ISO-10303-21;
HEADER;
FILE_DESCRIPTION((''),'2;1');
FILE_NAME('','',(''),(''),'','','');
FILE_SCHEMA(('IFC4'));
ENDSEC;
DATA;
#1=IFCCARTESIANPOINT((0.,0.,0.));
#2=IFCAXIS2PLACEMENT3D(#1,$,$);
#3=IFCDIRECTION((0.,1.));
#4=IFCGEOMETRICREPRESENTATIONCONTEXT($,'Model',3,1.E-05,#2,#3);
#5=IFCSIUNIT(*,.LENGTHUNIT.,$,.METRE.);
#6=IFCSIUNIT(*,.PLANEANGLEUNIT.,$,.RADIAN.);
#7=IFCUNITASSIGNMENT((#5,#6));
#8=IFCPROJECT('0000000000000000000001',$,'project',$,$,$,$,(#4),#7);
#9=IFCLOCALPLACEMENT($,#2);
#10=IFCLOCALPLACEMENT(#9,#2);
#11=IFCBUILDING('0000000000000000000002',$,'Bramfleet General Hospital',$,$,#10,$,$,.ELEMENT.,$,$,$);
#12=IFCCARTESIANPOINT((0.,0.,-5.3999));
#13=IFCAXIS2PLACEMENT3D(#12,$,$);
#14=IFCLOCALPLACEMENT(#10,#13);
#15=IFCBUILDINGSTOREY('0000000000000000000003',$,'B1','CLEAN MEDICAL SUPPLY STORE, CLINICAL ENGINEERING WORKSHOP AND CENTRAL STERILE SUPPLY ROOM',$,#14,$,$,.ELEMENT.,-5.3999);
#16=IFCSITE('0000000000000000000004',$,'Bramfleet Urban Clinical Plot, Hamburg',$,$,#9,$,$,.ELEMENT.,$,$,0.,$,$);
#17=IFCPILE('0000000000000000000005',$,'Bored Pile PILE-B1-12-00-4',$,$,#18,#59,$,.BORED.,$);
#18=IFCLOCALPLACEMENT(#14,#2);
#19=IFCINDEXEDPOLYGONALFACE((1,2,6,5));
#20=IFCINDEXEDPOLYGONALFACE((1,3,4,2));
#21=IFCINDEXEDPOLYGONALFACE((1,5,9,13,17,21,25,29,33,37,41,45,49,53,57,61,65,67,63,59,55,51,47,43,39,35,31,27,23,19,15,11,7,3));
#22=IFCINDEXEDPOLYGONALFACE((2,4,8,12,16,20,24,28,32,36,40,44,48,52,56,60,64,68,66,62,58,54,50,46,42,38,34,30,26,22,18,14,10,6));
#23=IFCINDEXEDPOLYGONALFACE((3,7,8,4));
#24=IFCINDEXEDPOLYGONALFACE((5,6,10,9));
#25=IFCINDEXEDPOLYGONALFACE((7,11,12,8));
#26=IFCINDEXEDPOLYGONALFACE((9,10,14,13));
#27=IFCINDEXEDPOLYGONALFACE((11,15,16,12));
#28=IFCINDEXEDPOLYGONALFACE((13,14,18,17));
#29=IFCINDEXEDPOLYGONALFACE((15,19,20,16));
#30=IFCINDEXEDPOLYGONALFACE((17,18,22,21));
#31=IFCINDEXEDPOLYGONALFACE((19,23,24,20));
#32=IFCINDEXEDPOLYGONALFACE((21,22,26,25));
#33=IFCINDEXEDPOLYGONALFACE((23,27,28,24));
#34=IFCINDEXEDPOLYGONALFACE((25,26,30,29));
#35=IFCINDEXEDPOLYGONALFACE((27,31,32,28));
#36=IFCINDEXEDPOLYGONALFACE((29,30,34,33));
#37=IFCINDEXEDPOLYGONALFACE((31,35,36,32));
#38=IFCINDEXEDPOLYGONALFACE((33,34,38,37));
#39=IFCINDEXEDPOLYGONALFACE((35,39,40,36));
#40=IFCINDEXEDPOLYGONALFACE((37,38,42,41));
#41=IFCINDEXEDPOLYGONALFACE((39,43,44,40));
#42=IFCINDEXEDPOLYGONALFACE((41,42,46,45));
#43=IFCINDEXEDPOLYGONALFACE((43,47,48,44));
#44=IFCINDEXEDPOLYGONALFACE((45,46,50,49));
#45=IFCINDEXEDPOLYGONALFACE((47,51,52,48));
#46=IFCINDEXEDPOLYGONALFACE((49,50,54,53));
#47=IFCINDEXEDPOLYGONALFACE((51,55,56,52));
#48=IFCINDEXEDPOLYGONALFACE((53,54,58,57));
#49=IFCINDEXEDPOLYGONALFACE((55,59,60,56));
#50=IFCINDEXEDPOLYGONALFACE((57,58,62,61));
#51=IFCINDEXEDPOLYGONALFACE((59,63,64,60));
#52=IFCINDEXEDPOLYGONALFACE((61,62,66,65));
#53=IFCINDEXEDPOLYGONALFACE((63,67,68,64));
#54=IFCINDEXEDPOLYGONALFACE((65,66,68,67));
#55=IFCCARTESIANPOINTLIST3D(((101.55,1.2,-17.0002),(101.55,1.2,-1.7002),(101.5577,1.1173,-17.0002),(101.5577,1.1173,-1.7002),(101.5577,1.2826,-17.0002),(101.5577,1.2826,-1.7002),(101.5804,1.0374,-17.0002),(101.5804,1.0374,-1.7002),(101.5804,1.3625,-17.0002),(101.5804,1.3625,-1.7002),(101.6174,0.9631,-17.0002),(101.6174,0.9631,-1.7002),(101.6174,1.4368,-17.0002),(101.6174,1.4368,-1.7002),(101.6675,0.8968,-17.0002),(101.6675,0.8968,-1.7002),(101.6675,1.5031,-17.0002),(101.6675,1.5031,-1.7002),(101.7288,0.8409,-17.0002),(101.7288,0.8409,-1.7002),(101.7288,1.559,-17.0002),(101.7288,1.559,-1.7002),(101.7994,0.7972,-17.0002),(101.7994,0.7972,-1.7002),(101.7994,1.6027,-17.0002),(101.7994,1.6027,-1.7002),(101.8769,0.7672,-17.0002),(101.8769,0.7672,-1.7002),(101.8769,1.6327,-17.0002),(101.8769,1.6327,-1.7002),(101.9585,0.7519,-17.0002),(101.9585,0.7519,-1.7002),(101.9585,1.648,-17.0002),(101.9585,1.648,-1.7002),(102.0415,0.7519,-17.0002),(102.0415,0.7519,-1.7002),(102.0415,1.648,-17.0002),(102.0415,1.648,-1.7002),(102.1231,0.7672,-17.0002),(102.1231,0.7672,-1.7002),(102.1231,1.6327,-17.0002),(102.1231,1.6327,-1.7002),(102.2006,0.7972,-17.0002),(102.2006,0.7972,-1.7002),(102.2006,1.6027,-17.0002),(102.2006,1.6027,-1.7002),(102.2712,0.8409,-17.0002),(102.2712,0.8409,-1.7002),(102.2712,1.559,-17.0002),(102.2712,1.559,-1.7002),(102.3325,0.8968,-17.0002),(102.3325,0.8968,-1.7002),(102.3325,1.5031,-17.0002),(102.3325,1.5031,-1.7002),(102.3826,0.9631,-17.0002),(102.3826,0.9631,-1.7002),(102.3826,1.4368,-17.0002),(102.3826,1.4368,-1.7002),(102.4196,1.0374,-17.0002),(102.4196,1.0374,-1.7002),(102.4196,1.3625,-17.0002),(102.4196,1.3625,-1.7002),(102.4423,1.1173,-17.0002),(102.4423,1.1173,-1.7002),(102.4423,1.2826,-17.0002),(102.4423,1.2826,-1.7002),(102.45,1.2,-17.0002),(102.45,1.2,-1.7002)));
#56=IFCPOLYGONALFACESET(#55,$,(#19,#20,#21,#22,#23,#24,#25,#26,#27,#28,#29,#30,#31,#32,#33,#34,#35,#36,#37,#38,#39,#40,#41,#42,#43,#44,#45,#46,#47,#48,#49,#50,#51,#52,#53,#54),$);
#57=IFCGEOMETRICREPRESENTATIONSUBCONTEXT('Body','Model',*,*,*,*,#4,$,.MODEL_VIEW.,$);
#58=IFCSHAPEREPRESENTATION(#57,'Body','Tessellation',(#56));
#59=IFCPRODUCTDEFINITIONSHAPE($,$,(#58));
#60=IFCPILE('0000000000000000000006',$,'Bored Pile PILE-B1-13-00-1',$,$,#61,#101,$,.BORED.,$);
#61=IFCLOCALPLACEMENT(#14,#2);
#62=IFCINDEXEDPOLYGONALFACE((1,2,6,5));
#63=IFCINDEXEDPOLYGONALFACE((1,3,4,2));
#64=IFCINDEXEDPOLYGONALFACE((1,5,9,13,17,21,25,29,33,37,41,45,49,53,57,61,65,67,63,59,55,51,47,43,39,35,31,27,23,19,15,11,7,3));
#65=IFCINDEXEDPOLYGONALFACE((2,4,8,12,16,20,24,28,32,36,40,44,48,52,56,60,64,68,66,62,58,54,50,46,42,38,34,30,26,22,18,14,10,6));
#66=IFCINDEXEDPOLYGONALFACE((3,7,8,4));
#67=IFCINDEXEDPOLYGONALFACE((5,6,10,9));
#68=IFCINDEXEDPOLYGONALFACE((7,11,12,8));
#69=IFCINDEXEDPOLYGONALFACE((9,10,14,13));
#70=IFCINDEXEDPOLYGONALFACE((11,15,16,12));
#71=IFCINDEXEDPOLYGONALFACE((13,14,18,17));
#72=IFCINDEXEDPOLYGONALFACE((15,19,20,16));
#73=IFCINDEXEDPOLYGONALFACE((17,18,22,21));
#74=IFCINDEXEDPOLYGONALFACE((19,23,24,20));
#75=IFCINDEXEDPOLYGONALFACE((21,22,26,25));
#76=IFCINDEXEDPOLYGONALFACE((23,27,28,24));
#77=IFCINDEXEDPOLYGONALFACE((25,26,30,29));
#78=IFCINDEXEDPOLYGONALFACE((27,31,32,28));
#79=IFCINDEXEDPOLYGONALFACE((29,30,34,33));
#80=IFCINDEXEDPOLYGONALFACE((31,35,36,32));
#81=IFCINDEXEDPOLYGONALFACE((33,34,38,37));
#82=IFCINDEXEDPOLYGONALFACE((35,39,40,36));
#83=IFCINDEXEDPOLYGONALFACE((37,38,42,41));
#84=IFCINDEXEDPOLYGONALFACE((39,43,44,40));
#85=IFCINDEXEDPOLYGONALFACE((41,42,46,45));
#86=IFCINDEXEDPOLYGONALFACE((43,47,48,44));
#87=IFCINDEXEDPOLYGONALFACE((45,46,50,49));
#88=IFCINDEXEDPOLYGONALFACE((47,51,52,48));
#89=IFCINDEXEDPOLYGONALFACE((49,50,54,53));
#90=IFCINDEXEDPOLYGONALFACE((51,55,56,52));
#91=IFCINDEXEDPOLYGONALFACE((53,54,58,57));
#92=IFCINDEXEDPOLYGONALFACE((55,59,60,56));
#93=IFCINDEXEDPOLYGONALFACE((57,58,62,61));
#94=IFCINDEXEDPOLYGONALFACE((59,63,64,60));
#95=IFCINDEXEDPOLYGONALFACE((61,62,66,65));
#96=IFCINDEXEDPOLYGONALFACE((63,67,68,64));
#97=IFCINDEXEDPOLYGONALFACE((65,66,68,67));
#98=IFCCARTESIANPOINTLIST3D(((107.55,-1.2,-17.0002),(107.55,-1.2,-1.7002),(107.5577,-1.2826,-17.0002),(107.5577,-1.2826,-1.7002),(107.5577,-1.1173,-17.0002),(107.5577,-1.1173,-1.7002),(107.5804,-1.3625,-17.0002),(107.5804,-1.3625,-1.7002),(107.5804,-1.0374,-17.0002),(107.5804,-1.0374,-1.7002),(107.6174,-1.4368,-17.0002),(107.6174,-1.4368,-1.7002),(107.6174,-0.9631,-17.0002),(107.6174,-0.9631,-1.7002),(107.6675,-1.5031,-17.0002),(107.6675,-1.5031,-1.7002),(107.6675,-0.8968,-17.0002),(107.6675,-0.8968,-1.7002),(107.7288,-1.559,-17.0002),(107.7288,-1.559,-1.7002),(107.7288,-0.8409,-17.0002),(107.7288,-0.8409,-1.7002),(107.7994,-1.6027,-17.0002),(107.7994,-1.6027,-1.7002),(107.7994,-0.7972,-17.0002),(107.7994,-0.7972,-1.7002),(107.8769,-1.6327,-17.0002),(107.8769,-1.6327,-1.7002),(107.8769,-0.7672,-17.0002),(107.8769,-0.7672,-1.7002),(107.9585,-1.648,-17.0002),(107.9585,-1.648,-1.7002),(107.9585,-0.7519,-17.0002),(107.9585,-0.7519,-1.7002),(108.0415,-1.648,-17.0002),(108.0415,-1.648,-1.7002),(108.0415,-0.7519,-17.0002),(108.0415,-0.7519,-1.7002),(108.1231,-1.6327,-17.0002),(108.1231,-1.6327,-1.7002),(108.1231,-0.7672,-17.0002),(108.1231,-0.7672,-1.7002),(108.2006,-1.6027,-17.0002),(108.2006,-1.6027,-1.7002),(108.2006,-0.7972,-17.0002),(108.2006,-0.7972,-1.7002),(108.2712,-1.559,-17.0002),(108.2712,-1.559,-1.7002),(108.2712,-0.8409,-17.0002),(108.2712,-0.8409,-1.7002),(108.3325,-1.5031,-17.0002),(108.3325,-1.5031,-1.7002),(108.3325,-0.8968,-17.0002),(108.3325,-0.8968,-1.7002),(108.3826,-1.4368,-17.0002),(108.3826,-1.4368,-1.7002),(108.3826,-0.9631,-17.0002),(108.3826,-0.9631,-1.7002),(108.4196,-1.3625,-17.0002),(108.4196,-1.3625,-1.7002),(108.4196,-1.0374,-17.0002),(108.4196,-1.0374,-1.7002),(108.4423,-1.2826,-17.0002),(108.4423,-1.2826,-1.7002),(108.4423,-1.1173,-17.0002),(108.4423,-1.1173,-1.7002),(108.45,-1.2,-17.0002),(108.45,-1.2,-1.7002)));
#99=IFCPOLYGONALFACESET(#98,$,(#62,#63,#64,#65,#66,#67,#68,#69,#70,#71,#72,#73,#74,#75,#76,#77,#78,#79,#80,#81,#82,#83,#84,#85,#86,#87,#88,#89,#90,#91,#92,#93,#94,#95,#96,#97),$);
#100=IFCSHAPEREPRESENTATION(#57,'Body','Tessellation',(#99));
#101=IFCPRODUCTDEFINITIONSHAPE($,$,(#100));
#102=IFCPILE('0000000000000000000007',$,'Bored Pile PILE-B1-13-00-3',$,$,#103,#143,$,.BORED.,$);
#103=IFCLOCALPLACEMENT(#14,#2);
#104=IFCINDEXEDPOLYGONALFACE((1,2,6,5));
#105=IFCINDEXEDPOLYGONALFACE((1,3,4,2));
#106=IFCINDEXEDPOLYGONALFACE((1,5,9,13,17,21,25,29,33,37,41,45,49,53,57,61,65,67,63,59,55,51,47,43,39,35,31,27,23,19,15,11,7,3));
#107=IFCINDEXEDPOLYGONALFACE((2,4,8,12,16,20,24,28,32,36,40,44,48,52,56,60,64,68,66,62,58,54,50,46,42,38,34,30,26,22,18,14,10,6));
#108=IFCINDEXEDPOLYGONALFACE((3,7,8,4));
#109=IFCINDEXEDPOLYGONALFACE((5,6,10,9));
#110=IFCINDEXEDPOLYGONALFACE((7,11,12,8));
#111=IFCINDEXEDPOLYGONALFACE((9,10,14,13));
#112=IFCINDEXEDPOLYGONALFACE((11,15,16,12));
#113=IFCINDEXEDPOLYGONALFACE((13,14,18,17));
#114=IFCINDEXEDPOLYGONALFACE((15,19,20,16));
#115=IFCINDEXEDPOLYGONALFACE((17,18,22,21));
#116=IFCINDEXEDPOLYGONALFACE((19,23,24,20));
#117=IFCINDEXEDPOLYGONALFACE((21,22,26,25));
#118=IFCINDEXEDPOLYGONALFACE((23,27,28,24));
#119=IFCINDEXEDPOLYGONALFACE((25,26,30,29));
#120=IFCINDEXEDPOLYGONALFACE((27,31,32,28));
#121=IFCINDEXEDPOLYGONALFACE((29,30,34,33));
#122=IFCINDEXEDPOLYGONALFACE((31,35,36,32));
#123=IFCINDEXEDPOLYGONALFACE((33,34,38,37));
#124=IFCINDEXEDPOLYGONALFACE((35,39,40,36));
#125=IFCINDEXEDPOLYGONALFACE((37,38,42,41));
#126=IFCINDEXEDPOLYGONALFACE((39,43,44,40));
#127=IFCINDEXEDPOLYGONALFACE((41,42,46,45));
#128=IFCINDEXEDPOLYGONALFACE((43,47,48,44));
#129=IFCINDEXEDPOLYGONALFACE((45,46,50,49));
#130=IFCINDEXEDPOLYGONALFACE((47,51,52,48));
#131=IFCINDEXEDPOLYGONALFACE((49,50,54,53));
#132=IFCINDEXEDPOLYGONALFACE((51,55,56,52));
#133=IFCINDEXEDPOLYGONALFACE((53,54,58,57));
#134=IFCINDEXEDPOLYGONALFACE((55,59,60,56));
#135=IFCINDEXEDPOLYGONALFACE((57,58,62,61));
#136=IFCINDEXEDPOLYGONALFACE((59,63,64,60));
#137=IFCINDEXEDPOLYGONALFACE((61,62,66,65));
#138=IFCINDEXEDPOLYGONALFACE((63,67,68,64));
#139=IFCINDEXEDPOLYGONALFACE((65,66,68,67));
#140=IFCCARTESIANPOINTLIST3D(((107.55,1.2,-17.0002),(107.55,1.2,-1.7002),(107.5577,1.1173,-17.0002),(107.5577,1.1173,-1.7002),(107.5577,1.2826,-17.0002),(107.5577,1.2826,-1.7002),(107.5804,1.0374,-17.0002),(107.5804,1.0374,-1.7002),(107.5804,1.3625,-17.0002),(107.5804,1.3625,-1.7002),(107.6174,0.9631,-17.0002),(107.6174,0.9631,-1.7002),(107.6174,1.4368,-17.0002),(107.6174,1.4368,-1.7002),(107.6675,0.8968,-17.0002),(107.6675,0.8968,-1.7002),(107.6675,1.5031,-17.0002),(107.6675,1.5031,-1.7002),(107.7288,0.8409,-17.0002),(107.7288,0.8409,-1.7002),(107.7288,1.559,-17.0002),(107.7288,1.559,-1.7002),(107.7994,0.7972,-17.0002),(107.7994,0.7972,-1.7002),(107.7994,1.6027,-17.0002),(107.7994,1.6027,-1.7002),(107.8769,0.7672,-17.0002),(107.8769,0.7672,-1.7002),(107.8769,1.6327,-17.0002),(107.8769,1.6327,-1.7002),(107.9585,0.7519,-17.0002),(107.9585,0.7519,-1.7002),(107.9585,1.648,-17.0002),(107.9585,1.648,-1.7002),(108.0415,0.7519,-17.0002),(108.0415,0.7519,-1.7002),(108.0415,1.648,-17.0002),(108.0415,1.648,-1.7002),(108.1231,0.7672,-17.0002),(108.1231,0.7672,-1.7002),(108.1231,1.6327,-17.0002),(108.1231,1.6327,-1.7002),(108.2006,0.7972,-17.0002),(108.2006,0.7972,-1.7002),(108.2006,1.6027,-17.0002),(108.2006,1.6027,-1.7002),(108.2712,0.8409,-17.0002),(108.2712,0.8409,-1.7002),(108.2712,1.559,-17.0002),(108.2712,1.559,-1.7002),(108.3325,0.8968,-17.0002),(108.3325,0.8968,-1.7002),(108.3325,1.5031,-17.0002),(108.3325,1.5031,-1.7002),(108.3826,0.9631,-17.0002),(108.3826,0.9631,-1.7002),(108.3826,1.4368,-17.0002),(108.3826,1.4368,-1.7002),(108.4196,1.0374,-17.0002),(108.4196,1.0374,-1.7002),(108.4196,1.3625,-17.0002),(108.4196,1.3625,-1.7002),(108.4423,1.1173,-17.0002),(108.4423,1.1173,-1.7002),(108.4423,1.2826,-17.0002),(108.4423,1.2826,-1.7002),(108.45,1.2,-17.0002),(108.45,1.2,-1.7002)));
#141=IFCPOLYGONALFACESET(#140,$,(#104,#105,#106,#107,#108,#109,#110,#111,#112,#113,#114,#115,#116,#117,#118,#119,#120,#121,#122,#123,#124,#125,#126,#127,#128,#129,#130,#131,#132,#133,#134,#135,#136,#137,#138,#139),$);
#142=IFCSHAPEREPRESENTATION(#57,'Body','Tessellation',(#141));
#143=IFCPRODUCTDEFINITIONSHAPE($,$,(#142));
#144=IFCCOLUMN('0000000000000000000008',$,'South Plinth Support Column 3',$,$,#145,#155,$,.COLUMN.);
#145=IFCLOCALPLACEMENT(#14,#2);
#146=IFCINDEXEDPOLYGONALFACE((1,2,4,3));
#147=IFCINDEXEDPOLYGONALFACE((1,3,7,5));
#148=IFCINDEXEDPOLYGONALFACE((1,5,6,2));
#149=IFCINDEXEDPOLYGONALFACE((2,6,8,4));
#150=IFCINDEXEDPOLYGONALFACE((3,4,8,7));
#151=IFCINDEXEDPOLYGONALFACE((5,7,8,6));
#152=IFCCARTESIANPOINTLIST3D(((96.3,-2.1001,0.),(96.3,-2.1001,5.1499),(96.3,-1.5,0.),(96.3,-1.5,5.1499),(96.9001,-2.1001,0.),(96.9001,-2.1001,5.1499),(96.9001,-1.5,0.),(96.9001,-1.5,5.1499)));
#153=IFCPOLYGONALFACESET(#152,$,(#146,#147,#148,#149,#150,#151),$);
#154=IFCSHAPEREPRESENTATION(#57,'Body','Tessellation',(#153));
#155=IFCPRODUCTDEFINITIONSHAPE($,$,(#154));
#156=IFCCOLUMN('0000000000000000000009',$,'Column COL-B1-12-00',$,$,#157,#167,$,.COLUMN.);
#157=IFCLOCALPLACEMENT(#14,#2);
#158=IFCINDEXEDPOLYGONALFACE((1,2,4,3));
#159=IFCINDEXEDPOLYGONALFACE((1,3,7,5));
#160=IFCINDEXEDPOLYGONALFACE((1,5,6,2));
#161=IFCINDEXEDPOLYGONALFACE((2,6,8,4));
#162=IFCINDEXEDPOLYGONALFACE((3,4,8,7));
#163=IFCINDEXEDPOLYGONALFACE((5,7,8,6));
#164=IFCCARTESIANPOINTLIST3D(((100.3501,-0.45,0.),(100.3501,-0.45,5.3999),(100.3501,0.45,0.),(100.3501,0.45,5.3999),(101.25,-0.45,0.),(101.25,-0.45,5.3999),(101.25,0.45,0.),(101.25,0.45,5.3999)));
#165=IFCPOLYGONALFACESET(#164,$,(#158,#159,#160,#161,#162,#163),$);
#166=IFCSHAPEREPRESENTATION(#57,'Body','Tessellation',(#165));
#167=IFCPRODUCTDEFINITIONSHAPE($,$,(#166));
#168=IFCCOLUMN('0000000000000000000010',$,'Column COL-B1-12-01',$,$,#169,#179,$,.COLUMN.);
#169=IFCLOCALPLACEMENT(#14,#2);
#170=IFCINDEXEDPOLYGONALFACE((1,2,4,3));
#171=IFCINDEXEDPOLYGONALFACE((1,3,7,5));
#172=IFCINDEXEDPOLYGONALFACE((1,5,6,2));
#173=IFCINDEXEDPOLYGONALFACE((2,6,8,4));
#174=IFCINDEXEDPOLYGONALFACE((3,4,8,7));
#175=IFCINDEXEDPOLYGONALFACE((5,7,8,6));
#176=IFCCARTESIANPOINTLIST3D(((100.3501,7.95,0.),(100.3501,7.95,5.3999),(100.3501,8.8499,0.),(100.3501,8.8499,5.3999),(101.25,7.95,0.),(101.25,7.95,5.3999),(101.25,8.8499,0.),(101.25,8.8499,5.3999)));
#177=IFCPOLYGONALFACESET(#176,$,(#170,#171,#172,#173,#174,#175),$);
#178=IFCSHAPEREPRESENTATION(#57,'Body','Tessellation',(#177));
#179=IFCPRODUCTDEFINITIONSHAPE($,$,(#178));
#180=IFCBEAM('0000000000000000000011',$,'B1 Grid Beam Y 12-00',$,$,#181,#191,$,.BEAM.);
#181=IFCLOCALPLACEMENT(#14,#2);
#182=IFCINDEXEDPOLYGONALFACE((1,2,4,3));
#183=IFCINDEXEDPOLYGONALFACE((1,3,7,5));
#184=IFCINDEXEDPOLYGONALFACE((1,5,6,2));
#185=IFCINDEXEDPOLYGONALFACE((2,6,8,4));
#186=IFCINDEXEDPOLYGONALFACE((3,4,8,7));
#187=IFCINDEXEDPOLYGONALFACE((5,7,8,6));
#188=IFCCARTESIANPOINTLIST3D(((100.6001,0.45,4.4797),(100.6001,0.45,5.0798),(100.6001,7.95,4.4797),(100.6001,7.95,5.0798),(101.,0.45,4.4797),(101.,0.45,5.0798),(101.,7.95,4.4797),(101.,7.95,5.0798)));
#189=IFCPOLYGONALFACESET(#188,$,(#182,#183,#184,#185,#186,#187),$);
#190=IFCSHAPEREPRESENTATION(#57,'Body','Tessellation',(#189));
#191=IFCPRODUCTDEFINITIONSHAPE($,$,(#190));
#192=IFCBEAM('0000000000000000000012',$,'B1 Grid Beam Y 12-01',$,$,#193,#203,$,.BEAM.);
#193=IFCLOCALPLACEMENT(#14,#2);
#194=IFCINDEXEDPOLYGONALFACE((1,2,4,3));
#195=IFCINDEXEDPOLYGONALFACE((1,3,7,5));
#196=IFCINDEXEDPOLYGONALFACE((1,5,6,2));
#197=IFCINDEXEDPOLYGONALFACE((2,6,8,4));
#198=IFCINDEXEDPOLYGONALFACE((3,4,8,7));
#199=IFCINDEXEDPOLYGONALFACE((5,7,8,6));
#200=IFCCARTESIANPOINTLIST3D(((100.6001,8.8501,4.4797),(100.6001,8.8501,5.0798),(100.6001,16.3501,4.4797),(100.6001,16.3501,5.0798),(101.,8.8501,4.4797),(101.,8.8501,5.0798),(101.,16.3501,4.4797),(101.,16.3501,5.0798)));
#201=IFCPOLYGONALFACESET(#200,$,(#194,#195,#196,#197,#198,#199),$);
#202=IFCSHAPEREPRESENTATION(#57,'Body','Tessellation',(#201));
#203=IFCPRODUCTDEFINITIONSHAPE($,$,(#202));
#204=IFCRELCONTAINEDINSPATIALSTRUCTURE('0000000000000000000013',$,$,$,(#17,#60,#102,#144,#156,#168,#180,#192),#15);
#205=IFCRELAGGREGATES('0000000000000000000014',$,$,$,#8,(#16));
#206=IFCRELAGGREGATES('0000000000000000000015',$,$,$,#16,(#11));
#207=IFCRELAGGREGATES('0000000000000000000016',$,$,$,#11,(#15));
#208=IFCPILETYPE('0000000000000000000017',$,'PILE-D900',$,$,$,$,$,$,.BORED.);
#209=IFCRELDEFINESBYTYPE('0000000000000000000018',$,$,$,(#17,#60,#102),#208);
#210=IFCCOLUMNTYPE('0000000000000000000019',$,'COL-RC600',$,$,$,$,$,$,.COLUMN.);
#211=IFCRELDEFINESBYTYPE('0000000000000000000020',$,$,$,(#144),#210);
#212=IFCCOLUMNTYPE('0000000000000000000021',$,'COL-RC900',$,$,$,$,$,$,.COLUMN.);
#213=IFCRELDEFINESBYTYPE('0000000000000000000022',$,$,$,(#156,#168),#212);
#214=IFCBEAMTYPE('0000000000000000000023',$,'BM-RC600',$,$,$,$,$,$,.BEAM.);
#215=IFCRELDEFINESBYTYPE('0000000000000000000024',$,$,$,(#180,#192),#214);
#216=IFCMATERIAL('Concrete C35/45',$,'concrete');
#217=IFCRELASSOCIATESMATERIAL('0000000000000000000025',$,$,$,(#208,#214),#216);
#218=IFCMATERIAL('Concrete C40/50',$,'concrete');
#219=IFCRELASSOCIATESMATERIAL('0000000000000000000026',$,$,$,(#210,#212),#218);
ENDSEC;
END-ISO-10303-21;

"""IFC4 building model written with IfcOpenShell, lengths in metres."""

from ifc_helpers import new_model, si_unit, direction, frame, origin, origin_2d, place, context, subcontext, project, spatial, rectangle, circle, extrude, material, material_profile, profile_set, type_object, element, save


model = new_model("IFC4")

# Units and contexts
model_context = context("Model", 3, precision=1e-05, world=origin(), true_north=direction((0.0, 1.0)))
body_context = subcontext(model_context, "Body", "Model", "MODEL_VIEW")
ifc_project = project(units=[si_unit("LENGTHUNIT", "METRE"), si_unit("PLANEANGLEUNIT", "RADIAN")], contexts=[model_context])

# Site, building, storey
site_placement = place(None, origin())
site = spatial("IfcSite", under=ifc_project, at=site_placement, Name="Bramfleet Urban Clinical Plot, Hamburg", CompositionType="ELEMENT", RefElevation=0.0)
building_placement = place(site_placement, origin())
building = spatial("IfcBuilding", under=site, at=building_placement, Name="Bramfleet General Hospital", CompositionType="ELEMENT")
storey_placement = place(building_placement, frame((0.0, 0.0, -5.3999)))
storey = spatial("IfcBuildingStorey", under=building, at=storey_placement, Name="B1", Description="CLEAN MEDICAL SUPPLY STORE, CLINICAL ENGINEERING WORKSHOP AND CENTRAL STERILE SUPPLY ROOM", CompositionType="ELEMENT", Elevation=-5.3999)

# Shared definitions
ifc_material_1 = material(Name="Concrete C35/45", Category="concrete")

# Piles
ifc_material_profile_1 = material_profile(ifc_material_1, circle(Radius=0.45, at=origin_2d()), Name="PILE BORED D900")
ifc_profile_set_1 = profile_set([ifc_material_profile_1], Name="Concrete C35/45")
pile_type_1 = type_object("IfcPileType", Name="PILE-D900", PredefinedType="BORED", material=ifc_profile_set_1)
for number, where, z_axis, x_axis, name in (
    (1, (102.0, 1.2, -1.7002), (0.0, 0.0, -1.0), (1.0, 0.0, 0.0), "Bored Pile PILE-B1-12-00-4"),
    (2, (108.0, -1.2, -1.7002), (0.0, 0.0, -1.0), (1.0, 0.0, 0.0), "Bored Pile PILE-B1-13-00-1"),
    (3, (108.0, 1.2, -1.7002), (0.0, 0.0, -1.0), (1.0, 0.0, 0.0), "Bored Pile PILE-B1-13-00-3"),
):
    element("IfcPile", number, at=place(storey_placement, frame(where, z_axis=z_axis, x_axis=x_axis)), inside=storey, type_object=pile_type_1, Name=name, PredefinedType="BORED", context=body_context, shape_type="SweptSolid", body=[
        extrude(circle(Radius=0.45, at=origin_2d()), origin(), (0.0, 0.0, 1.0), 15.3),
    ])

# Columns
ifc_material_2 = material(Name="Concrete C40/50", Category="concrete")
ifc_material_profile_2 = material_profile(ifc_material_2, rectangle(XDim=0.6001, YDim=0.6001, at=origin_2d()), Name="RC COL 600x600")
ifc_profile_set_2 = profile_set([ifc_material_profile_2], Name="Concrete C40/50")
column_type_1 = type_object("IfcColumnType", Name="COL-RC600", PredefinedType="COLUMN", material=ifc_profile_set_2)
column_placement = place(storey_placement, frame((96.6001, -1.8, 0.0), z_axis=(0.0, 0.0, 1.0), x_axis=(1.0, 0.0, 0.0)))
element("IfcColumn", 4, at=column_placement, inside=storey, type_object=column_type_1, Name="South Plinth Support Column 3", PredefinedType="COLUMN", context=body_context, shape_type="SweptSolid", body=[
    extrude(rectangle(XDim=0.6001, YDim=0.6001, at=origin_2d()), origin(), (0.0, 0.0, 1.0), 5.1499),
])
ifc_material_profile_3 = material_profile(ifc_material_2, rectangle(XDim=0.8999, YDim=0.8999, at=origin_2d()), Name="RC COL 900x900")
ifc_profile_set_3 = profile_set([ifc_material_profile_3], Name="Concrete C40/50")
column_type_2 = type_object("IfcColumnType", Name="COL-RC900", PredefinedType="COLUMN", material=ifc_profile_set_3)
for number, where, z_axis, x_axis, name in (
    (5, (100.8, 0.0, 0.0), (0.0, 0.0, 1.0), (1.0, 0.0, 0.0), "Column COL-B1-12-00"),
    (6, (100.8, 8.3999, 0.0), (0.0, 0.0, 1.0), (1.0, 0.0, 0.0), "Column COL-B1-12-01"),
):
    element("IfcColumn", number, at=place(storey_placement, frame(where, z_axis=z_axis, x_axis=x_axis)), inside=storey, type_object=column_type_2, Name=name, PredefinedType="COLUMN", context=body_context, shape_type="SweptSolid", body=[
        extrude(rectangle(XDim=0.8999, YDim=0.8999, at=origin_2d()), origin(), (0.0, 0.0, 1.0), 5.3999),
    ])

# Beams
ifc_material_profile_4 = material_profile(ifc_material_1, rectangle(XDim=0.3999, YDim=0.6001, at=origin_2d()), Name="RC BM 600x400")
ifc_profile_set_4 = profile_set([ifc_material_profile_4], Name="Concrete C35/45")
beam_type_1 = type_object("IfcBeamType", Name="BM-RC600", PredefinedType="BEAM", material=ifc_profile_set_4)
for number, where, z_axis, x_axis, name in (
    (7, (100.8, 0.45, 4.7798), (0.0, 1.0, 0.0), (-1.0, 0.0, 0.0), "B1 Grid Beam Y 12-00"),
    (8, (100.8, 8.8501, 4.7798), (0.0, 1.0, 0.0), (-1.0, 0.0, 0.0), "B1 Grid Beam Y 12-01"),
):
    element("IfcBeam", number, at=place(storey_placement, frame(where, z_axis=z_axis, x_axis=x_axis)), inside=storey, type_object=beam_type_1, Name=name, PredefinedType="BEAM", context=body_context, shape_type="SweptSolid", body=[
        extrude(rectangle(XDim=0.3999, YDim=0.6001, at=origin_2d()), origin(), (0.0, 0.0, 1.0), 7.5),
    ])

save(model, "model.ifc")
